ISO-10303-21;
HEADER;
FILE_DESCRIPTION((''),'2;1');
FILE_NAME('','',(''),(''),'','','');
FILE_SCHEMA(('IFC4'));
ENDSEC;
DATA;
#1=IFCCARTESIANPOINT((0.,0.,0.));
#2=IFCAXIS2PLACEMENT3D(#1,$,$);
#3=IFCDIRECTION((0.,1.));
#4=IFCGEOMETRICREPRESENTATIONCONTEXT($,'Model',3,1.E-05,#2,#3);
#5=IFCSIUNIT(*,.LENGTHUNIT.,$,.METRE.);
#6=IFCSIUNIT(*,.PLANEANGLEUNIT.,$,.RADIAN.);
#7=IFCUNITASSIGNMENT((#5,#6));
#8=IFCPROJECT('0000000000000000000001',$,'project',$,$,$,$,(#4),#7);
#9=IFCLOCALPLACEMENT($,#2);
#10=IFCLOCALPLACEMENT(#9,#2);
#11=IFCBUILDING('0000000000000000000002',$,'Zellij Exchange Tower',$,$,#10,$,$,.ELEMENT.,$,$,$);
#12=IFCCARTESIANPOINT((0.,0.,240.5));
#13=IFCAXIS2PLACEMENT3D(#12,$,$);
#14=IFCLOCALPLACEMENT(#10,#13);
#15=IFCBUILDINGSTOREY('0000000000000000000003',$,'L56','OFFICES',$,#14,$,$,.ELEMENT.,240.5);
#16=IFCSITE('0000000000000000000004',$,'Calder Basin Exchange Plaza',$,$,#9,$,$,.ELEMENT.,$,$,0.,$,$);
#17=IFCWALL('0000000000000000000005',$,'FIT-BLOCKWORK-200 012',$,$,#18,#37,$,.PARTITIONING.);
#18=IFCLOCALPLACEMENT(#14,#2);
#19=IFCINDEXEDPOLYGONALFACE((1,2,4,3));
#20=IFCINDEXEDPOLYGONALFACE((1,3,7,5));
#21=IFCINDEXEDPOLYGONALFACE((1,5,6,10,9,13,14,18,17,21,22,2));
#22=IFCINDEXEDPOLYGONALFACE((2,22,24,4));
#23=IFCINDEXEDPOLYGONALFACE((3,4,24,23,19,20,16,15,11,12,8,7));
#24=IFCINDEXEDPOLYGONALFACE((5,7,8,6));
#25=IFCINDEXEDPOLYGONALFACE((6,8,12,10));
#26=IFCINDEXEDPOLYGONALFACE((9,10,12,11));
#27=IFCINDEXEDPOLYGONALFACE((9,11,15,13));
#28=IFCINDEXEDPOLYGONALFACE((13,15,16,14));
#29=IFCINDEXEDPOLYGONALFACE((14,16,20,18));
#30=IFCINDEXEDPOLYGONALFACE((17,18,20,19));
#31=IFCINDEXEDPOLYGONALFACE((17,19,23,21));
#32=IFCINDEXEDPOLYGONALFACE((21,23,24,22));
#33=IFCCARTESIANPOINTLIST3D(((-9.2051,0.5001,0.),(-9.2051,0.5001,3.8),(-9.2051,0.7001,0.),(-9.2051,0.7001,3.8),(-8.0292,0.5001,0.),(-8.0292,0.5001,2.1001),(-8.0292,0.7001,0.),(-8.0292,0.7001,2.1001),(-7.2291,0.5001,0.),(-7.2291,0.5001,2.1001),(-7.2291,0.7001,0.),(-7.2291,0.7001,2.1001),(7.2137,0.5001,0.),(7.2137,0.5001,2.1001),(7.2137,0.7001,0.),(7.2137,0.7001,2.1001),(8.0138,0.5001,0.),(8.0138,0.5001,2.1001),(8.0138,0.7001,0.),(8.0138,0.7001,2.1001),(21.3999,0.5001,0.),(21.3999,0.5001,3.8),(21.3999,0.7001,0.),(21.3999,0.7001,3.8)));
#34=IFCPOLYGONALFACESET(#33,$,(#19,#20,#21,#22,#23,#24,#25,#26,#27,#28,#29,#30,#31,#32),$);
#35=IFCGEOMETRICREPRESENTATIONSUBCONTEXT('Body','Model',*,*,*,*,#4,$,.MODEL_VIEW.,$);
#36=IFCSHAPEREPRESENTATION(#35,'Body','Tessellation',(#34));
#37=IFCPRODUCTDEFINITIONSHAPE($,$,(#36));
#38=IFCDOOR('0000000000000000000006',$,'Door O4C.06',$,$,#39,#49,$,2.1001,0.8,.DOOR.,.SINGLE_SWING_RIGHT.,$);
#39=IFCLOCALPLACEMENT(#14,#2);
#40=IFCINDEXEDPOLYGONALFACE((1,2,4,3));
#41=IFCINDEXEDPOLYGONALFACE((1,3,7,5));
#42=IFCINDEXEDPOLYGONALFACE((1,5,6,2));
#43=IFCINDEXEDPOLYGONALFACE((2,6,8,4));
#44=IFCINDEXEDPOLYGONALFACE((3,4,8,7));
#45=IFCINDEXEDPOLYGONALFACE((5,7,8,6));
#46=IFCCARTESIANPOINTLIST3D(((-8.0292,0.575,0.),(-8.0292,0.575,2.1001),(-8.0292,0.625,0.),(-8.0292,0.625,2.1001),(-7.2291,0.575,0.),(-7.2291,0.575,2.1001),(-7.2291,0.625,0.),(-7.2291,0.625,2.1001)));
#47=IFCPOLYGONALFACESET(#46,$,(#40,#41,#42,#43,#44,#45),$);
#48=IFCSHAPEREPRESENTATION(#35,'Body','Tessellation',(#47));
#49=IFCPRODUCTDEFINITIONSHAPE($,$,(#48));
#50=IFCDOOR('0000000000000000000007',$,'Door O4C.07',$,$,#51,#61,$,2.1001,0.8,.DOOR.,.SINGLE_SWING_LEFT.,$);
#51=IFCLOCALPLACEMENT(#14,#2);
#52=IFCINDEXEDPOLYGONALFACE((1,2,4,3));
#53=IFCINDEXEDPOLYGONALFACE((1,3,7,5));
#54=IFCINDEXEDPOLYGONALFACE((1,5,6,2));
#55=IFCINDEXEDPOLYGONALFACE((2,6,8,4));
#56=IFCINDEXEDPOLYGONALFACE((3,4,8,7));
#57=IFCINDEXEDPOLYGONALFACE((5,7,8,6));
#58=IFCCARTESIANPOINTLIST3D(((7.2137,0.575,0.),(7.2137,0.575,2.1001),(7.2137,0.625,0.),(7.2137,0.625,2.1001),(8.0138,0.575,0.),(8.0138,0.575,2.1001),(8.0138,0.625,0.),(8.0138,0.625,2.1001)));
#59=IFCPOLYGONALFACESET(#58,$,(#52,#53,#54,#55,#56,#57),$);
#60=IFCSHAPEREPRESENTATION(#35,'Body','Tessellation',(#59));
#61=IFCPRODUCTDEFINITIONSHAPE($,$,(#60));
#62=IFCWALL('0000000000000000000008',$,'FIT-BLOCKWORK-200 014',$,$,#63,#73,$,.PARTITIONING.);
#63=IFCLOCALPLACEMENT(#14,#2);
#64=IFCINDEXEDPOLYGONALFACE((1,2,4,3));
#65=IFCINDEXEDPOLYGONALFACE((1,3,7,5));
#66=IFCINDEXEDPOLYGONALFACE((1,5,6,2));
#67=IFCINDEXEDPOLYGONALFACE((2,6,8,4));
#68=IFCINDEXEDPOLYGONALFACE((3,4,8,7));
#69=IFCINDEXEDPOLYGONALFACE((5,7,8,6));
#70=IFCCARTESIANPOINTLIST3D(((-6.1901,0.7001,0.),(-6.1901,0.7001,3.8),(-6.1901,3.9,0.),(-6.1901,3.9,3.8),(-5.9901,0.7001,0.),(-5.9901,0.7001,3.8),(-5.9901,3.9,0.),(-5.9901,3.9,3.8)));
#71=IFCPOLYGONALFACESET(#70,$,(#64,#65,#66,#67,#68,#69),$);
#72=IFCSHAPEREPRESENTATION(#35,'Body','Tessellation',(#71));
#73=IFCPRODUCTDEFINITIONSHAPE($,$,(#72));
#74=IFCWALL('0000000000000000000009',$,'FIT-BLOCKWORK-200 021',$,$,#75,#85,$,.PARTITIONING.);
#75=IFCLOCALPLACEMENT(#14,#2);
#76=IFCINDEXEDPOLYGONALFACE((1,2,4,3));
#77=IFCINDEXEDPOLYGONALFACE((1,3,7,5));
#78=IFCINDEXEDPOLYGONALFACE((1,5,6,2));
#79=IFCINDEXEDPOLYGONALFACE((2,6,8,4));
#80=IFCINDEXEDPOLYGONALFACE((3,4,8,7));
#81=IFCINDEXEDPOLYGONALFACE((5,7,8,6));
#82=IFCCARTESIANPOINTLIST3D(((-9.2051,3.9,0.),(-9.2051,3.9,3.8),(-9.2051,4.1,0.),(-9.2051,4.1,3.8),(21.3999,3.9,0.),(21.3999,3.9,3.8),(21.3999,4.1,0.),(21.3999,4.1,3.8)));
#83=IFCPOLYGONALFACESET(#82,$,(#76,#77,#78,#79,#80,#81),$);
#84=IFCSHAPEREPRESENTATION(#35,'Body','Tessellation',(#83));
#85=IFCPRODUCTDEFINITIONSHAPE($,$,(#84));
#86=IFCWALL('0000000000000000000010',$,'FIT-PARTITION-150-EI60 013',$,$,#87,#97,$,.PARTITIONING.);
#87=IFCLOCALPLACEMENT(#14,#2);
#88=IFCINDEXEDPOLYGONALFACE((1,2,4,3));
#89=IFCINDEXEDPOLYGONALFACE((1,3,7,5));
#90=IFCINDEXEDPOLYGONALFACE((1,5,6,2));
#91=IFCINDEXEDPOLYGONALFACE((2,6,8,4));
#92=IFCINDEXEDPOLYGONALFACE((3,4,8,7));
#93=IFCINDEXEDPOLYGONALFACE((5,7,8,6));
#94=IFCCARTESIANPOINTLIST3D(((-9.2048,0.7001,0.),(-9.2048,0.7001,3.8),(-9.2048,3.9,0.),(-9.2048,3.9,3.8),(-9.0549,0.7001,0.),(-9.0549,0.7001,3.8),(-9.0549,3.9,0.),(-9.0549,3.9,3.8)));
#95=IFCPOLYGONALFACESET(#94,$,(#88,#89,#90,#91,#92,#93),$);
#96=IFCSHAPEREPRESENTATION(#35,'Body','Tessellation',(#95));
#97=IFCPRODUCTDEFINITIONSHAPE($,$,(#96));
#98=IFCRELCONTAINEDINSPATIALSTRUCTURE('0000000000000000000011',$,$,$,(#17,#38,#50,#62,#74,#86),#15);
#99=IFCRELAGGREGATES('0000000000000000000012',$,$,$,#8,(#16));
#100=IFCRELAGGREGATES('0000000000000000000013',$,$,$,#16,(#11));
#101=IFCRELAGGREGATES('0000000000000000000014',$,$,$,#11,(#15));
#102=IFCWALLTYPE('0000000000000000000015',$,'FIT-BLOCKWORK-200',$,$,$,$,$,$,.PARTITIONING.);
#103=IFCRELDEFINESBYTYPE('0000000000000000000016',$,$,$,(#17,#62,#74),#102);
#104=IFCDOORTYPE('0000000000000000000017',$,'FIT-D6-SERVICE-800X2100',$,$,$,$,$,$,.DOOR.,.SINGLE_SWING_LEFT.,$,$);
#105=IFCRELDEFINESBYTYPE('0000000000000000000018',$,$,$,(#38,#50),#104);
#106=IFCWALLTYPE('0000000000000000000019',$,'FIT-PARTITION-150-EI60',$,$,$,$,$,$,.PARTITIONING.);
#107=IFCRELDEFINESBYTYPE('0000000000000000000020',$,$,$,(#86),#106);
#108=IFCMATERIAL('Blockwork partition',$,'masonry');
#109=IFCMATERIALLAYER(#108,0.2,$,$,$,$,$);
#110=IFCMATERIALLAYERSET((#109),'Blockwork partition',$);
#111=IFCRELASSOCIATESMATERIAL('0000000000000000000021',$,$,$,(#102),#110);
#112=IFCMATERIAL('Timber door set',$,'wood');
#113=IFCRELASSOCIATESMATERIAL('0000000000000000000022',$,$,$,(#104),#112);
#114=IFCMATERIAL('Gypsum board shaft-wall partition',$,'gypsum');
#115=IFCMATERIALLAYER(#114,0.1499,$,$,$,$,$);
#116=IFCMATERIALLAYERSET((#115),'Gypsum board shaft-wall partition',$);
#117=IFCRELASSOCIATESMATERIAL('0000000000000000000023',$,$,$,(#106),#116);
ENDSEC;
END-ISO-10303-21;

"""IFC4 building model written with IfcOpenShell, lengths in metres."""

from ifc_helpers import new_model, si_unit, direction, frame, frame_2d, origin, place, context, subcontext, project, spatial, rectangle, extrude, material, layer, layer_set, type_object, element, fill, save


model = new_model("IFC4")

# Units and contexts
model_context = context("Model", 3, precision=1e-05, world=origin(), true_north=direction((0.0, 1.0)))
body_context = subcontext(model_context, "Body", "Model", "MODEL_VIEW")
ifc_project = project(units=[si_unit("LENGTHUNIT", "METRE"), si_unit("PLANEANGLEUNIT", "RADIAN")], contexts=[model_context])

# Site, building, storey
site_placement = place(None, origin())
site = spatial("IfcSite", under=ifc_project, at=site_placement, Name="Calder Basin Exchange Plaza", CompositionType="ELEMENT", RefElevation=0.0)
building_placement = place(site_placement, origin())
building = spatial("IfcBuilding", under=site, at=building_placement, Name="Zellij Exchange Tower", CompositionType="ELEMENT")
storey_placement = place(building_placement, frame((0.0, 0.0, 240.5)))
storey = spatial("IfcBuildingStorey", under=building, at=storey_placement, Name="L56", Description="OFFICES", CompositionType="ELEMENT", Elevation=240.5)

# Wall, openings, doors
ifc_material_1 = material(Name="Blockwork partition", Category="masonry")
ifc_layer_1 = layer(ifc_material_1, 0.2)
ifc_layer_set_1 = layer_set([ifc_layer_1], Name="Blockwork partition")
wall_type_1 = type_object("IfcWallType", Name="FIT-BLOCKWORK-200", PredefinedType="PARTITIONING", material=ifc_layer_set_1)
wall_1_placement = place(storey_placement, frame((-9.2051, 0.6001, 0.0), z_axis=(0.0, 0.0, 1.0), x_axis=(1.0, 0.0, 0.0)))
wall_1 = element("IfcWall", 1, at=wall_1_placement, inside=storey, type_object=wall_type_1, Name="FIT-BLOCKWORK-200 012", PredefinedType="PARTITIONING", context=body_context, shape_type="SweptSolid", body=[
    extrude(rectangle(XDim=30.605, YDim=0.2, at=frame_2d((15.3025, 0.0))), origin(), (0.0, 0.0, 1.0), 3.8),
])
opening_1_placement = place(wall_1_placement, frame((1.176, 0.0, 0.0)))
opening_1 = element("IfcOpeningElement", 2, at=opening_1_placement, cuts=wall_1, PredefinedType="OPENING", context=body_context, shape_type="SweptSolid", body=[
    extrude(rectangle(XDim=0.8, YDim=2.1001, at=frame_2d((0.3999, 1.05))), frame((0.0, 0.1118, 0.0), z_axis=(0.0, -1.0, 0.0), x_axis=(1.0, 0.0, 0.0)), (0.0, 0.0, 1.0), 0.2239),
])
opening_2_placement = place(wall_1_placement, frame((16.4189, 0.0, 0.0)))
opening_2 = element("IfcOpeningElement", 3, at=opening_2_placement, cuts=wall_1, PredefinedType="OPENING", context=body_context, shape_type="SweptSolid", body=[
    extrude(rectangle(XDim=0.8, YDim=2.1001, at=frame_2d((0.3999, 1.05))), frame((0.0, 0.1118, 0.0), z_axis=(0.0, -1.0, 0.0), x_axis=(1.0, 0.0, 0.0)), (0.0, 0.0, 1.0), 0.2239),
])
ifc_material_2 = material(Name="Timber door set", Category="wood")
door_type_1 = type_object("IfcDoorType", Name="FIT-D6-SERVICE-800X2100", OperationType="SINGLE_SWING_LEFT", PredefinedType="DOOR", material=ifc_material_2)
door_1_placement = place(opening_1_placement, origin())
door_1 = element("IfcDoor", 4, at=door_1_placement, inside=storey, type_object=door_type_1, Name="Door O4C.06", OperationType="SINGLE_SWING_RIGHT", OverallHeight=2.1001, OverallWidth=0.8, PredefinedType="DOOR", context=body_context, shape_type="SweptSolid", body=[
    extrude(rectangle(XDim=0.8, YDim=2.1001, at=frame_2d((0.3999, 1.05))), frame((0.0, 0.0249, 0.0), z_axis=(0.0, -1.0, 0.0), x_axis=(1.0, 0.0, 0.0)), (0.0, 0.0, 1.0), 0.05),
])
fill(opening_1, door_1)
door_2_placement = place(opening_2_placement, origin())
door_2 = element("IfcDoor", 5, at=door_2_placement, inside=storey, type_object=door_type_1, Name="Door O4C.07", OperationType="SINGLE_SWING_LEFT", OverallHeight=2.1001, OverallWidth=0.8, PredefinedType="DOOR", context=body_context, shape_type="SweptSolid", body=[
    extrude(rectangle(XDim=0.8, YDim=2.1001, at=frame_2d((0.3999, 1.05))), frame((0.0, 0.0249, 0.0), z_axis=(0.0, -1.0, 0.0), x_axis=(1.0, 0.0, 0.0)), (0.0, 0.0, 1.0), 0.05),
])
fill(opening_2, door_2)

# Walls
wall_2_placement = place(storey_placement, frame((-6.0901, 0.7, 0.0), z_axis=(0.0, 0.0, 1.0), x_axis=(0.0, 1.0, 0.0)))
element("IfcWall", 6, at=wall_2_placement, inside=storey, type_object=wall_type_1, Name="FIT-BLOCKWORK-200 014", PredefinedType="PARTITIONING", context=body_context, shape_type="SweptSolid", body=[
    extrude(rectangle(XDim=3.2, YDim=0.2, at=frame_2d((1.6001, 0.0))), origin(), (0.0, 0.0, 1.0), 3.8),
])
wall_3_placement = place(storey_placement, frame((-9.2051, 4.0, 0.0), z_axis=(0.0, 0.0, 1.0), x_axis=(1.0, 0.0, 0.0)))
element("IfcWall", 7, at=wall_3_placement, inside=storey, type_object=wall_type_1, Name="FIT-BLOCKWORK-200 021", PredefinedType="PARTITIONING", context=body_context, shape_type="SweptSolid", body=[
    extrude(rectangle(XDim=30.605, YDim=0.2, at=frame_2d((15.3025, 0.0))), origin(), (0.0, 0.0, 1.0), 3.8),
])
ifc_material_3 = material(Name="Gypsum board shaft-wall partition", Category="gypsum")
ifc_layer_2 = layer(ifc_material_3, 0.1499)
ifc_layer_set_2 = layer_set([ifc_layer_2], Name="Gypsum board shaft-wall partition")
wall_type_2 = type_object("IfcWallType", Name="FIT-PARTITION-150-EI60", PredefinedType="PARTITIONING", material=ifc_layer_set_2)
wall_4_placement = place(storey_placement, frame((-9.1299, 0.7, 0.0), z_axis=(0.0, 0.0, 1.0), x_axis=(0.0, 1.0, 0.0)))
element("IfcWall", 8, at=wall_4_placement, inside=storey, type_object=wall_type_2, Name="FIT-PARTITION-150-EI60 013", PredefinedType="PARTITIONING", context=body_context, shape_type="SweptSolid", body=[
    extrude(rectangle(XDim=3.2, YDim=0.1499, at=frame_2d((1.6001, 0.0))), origin(), (0.0, 0.0, 1.0), 3.8),
])

save(model, "model.ifc")
